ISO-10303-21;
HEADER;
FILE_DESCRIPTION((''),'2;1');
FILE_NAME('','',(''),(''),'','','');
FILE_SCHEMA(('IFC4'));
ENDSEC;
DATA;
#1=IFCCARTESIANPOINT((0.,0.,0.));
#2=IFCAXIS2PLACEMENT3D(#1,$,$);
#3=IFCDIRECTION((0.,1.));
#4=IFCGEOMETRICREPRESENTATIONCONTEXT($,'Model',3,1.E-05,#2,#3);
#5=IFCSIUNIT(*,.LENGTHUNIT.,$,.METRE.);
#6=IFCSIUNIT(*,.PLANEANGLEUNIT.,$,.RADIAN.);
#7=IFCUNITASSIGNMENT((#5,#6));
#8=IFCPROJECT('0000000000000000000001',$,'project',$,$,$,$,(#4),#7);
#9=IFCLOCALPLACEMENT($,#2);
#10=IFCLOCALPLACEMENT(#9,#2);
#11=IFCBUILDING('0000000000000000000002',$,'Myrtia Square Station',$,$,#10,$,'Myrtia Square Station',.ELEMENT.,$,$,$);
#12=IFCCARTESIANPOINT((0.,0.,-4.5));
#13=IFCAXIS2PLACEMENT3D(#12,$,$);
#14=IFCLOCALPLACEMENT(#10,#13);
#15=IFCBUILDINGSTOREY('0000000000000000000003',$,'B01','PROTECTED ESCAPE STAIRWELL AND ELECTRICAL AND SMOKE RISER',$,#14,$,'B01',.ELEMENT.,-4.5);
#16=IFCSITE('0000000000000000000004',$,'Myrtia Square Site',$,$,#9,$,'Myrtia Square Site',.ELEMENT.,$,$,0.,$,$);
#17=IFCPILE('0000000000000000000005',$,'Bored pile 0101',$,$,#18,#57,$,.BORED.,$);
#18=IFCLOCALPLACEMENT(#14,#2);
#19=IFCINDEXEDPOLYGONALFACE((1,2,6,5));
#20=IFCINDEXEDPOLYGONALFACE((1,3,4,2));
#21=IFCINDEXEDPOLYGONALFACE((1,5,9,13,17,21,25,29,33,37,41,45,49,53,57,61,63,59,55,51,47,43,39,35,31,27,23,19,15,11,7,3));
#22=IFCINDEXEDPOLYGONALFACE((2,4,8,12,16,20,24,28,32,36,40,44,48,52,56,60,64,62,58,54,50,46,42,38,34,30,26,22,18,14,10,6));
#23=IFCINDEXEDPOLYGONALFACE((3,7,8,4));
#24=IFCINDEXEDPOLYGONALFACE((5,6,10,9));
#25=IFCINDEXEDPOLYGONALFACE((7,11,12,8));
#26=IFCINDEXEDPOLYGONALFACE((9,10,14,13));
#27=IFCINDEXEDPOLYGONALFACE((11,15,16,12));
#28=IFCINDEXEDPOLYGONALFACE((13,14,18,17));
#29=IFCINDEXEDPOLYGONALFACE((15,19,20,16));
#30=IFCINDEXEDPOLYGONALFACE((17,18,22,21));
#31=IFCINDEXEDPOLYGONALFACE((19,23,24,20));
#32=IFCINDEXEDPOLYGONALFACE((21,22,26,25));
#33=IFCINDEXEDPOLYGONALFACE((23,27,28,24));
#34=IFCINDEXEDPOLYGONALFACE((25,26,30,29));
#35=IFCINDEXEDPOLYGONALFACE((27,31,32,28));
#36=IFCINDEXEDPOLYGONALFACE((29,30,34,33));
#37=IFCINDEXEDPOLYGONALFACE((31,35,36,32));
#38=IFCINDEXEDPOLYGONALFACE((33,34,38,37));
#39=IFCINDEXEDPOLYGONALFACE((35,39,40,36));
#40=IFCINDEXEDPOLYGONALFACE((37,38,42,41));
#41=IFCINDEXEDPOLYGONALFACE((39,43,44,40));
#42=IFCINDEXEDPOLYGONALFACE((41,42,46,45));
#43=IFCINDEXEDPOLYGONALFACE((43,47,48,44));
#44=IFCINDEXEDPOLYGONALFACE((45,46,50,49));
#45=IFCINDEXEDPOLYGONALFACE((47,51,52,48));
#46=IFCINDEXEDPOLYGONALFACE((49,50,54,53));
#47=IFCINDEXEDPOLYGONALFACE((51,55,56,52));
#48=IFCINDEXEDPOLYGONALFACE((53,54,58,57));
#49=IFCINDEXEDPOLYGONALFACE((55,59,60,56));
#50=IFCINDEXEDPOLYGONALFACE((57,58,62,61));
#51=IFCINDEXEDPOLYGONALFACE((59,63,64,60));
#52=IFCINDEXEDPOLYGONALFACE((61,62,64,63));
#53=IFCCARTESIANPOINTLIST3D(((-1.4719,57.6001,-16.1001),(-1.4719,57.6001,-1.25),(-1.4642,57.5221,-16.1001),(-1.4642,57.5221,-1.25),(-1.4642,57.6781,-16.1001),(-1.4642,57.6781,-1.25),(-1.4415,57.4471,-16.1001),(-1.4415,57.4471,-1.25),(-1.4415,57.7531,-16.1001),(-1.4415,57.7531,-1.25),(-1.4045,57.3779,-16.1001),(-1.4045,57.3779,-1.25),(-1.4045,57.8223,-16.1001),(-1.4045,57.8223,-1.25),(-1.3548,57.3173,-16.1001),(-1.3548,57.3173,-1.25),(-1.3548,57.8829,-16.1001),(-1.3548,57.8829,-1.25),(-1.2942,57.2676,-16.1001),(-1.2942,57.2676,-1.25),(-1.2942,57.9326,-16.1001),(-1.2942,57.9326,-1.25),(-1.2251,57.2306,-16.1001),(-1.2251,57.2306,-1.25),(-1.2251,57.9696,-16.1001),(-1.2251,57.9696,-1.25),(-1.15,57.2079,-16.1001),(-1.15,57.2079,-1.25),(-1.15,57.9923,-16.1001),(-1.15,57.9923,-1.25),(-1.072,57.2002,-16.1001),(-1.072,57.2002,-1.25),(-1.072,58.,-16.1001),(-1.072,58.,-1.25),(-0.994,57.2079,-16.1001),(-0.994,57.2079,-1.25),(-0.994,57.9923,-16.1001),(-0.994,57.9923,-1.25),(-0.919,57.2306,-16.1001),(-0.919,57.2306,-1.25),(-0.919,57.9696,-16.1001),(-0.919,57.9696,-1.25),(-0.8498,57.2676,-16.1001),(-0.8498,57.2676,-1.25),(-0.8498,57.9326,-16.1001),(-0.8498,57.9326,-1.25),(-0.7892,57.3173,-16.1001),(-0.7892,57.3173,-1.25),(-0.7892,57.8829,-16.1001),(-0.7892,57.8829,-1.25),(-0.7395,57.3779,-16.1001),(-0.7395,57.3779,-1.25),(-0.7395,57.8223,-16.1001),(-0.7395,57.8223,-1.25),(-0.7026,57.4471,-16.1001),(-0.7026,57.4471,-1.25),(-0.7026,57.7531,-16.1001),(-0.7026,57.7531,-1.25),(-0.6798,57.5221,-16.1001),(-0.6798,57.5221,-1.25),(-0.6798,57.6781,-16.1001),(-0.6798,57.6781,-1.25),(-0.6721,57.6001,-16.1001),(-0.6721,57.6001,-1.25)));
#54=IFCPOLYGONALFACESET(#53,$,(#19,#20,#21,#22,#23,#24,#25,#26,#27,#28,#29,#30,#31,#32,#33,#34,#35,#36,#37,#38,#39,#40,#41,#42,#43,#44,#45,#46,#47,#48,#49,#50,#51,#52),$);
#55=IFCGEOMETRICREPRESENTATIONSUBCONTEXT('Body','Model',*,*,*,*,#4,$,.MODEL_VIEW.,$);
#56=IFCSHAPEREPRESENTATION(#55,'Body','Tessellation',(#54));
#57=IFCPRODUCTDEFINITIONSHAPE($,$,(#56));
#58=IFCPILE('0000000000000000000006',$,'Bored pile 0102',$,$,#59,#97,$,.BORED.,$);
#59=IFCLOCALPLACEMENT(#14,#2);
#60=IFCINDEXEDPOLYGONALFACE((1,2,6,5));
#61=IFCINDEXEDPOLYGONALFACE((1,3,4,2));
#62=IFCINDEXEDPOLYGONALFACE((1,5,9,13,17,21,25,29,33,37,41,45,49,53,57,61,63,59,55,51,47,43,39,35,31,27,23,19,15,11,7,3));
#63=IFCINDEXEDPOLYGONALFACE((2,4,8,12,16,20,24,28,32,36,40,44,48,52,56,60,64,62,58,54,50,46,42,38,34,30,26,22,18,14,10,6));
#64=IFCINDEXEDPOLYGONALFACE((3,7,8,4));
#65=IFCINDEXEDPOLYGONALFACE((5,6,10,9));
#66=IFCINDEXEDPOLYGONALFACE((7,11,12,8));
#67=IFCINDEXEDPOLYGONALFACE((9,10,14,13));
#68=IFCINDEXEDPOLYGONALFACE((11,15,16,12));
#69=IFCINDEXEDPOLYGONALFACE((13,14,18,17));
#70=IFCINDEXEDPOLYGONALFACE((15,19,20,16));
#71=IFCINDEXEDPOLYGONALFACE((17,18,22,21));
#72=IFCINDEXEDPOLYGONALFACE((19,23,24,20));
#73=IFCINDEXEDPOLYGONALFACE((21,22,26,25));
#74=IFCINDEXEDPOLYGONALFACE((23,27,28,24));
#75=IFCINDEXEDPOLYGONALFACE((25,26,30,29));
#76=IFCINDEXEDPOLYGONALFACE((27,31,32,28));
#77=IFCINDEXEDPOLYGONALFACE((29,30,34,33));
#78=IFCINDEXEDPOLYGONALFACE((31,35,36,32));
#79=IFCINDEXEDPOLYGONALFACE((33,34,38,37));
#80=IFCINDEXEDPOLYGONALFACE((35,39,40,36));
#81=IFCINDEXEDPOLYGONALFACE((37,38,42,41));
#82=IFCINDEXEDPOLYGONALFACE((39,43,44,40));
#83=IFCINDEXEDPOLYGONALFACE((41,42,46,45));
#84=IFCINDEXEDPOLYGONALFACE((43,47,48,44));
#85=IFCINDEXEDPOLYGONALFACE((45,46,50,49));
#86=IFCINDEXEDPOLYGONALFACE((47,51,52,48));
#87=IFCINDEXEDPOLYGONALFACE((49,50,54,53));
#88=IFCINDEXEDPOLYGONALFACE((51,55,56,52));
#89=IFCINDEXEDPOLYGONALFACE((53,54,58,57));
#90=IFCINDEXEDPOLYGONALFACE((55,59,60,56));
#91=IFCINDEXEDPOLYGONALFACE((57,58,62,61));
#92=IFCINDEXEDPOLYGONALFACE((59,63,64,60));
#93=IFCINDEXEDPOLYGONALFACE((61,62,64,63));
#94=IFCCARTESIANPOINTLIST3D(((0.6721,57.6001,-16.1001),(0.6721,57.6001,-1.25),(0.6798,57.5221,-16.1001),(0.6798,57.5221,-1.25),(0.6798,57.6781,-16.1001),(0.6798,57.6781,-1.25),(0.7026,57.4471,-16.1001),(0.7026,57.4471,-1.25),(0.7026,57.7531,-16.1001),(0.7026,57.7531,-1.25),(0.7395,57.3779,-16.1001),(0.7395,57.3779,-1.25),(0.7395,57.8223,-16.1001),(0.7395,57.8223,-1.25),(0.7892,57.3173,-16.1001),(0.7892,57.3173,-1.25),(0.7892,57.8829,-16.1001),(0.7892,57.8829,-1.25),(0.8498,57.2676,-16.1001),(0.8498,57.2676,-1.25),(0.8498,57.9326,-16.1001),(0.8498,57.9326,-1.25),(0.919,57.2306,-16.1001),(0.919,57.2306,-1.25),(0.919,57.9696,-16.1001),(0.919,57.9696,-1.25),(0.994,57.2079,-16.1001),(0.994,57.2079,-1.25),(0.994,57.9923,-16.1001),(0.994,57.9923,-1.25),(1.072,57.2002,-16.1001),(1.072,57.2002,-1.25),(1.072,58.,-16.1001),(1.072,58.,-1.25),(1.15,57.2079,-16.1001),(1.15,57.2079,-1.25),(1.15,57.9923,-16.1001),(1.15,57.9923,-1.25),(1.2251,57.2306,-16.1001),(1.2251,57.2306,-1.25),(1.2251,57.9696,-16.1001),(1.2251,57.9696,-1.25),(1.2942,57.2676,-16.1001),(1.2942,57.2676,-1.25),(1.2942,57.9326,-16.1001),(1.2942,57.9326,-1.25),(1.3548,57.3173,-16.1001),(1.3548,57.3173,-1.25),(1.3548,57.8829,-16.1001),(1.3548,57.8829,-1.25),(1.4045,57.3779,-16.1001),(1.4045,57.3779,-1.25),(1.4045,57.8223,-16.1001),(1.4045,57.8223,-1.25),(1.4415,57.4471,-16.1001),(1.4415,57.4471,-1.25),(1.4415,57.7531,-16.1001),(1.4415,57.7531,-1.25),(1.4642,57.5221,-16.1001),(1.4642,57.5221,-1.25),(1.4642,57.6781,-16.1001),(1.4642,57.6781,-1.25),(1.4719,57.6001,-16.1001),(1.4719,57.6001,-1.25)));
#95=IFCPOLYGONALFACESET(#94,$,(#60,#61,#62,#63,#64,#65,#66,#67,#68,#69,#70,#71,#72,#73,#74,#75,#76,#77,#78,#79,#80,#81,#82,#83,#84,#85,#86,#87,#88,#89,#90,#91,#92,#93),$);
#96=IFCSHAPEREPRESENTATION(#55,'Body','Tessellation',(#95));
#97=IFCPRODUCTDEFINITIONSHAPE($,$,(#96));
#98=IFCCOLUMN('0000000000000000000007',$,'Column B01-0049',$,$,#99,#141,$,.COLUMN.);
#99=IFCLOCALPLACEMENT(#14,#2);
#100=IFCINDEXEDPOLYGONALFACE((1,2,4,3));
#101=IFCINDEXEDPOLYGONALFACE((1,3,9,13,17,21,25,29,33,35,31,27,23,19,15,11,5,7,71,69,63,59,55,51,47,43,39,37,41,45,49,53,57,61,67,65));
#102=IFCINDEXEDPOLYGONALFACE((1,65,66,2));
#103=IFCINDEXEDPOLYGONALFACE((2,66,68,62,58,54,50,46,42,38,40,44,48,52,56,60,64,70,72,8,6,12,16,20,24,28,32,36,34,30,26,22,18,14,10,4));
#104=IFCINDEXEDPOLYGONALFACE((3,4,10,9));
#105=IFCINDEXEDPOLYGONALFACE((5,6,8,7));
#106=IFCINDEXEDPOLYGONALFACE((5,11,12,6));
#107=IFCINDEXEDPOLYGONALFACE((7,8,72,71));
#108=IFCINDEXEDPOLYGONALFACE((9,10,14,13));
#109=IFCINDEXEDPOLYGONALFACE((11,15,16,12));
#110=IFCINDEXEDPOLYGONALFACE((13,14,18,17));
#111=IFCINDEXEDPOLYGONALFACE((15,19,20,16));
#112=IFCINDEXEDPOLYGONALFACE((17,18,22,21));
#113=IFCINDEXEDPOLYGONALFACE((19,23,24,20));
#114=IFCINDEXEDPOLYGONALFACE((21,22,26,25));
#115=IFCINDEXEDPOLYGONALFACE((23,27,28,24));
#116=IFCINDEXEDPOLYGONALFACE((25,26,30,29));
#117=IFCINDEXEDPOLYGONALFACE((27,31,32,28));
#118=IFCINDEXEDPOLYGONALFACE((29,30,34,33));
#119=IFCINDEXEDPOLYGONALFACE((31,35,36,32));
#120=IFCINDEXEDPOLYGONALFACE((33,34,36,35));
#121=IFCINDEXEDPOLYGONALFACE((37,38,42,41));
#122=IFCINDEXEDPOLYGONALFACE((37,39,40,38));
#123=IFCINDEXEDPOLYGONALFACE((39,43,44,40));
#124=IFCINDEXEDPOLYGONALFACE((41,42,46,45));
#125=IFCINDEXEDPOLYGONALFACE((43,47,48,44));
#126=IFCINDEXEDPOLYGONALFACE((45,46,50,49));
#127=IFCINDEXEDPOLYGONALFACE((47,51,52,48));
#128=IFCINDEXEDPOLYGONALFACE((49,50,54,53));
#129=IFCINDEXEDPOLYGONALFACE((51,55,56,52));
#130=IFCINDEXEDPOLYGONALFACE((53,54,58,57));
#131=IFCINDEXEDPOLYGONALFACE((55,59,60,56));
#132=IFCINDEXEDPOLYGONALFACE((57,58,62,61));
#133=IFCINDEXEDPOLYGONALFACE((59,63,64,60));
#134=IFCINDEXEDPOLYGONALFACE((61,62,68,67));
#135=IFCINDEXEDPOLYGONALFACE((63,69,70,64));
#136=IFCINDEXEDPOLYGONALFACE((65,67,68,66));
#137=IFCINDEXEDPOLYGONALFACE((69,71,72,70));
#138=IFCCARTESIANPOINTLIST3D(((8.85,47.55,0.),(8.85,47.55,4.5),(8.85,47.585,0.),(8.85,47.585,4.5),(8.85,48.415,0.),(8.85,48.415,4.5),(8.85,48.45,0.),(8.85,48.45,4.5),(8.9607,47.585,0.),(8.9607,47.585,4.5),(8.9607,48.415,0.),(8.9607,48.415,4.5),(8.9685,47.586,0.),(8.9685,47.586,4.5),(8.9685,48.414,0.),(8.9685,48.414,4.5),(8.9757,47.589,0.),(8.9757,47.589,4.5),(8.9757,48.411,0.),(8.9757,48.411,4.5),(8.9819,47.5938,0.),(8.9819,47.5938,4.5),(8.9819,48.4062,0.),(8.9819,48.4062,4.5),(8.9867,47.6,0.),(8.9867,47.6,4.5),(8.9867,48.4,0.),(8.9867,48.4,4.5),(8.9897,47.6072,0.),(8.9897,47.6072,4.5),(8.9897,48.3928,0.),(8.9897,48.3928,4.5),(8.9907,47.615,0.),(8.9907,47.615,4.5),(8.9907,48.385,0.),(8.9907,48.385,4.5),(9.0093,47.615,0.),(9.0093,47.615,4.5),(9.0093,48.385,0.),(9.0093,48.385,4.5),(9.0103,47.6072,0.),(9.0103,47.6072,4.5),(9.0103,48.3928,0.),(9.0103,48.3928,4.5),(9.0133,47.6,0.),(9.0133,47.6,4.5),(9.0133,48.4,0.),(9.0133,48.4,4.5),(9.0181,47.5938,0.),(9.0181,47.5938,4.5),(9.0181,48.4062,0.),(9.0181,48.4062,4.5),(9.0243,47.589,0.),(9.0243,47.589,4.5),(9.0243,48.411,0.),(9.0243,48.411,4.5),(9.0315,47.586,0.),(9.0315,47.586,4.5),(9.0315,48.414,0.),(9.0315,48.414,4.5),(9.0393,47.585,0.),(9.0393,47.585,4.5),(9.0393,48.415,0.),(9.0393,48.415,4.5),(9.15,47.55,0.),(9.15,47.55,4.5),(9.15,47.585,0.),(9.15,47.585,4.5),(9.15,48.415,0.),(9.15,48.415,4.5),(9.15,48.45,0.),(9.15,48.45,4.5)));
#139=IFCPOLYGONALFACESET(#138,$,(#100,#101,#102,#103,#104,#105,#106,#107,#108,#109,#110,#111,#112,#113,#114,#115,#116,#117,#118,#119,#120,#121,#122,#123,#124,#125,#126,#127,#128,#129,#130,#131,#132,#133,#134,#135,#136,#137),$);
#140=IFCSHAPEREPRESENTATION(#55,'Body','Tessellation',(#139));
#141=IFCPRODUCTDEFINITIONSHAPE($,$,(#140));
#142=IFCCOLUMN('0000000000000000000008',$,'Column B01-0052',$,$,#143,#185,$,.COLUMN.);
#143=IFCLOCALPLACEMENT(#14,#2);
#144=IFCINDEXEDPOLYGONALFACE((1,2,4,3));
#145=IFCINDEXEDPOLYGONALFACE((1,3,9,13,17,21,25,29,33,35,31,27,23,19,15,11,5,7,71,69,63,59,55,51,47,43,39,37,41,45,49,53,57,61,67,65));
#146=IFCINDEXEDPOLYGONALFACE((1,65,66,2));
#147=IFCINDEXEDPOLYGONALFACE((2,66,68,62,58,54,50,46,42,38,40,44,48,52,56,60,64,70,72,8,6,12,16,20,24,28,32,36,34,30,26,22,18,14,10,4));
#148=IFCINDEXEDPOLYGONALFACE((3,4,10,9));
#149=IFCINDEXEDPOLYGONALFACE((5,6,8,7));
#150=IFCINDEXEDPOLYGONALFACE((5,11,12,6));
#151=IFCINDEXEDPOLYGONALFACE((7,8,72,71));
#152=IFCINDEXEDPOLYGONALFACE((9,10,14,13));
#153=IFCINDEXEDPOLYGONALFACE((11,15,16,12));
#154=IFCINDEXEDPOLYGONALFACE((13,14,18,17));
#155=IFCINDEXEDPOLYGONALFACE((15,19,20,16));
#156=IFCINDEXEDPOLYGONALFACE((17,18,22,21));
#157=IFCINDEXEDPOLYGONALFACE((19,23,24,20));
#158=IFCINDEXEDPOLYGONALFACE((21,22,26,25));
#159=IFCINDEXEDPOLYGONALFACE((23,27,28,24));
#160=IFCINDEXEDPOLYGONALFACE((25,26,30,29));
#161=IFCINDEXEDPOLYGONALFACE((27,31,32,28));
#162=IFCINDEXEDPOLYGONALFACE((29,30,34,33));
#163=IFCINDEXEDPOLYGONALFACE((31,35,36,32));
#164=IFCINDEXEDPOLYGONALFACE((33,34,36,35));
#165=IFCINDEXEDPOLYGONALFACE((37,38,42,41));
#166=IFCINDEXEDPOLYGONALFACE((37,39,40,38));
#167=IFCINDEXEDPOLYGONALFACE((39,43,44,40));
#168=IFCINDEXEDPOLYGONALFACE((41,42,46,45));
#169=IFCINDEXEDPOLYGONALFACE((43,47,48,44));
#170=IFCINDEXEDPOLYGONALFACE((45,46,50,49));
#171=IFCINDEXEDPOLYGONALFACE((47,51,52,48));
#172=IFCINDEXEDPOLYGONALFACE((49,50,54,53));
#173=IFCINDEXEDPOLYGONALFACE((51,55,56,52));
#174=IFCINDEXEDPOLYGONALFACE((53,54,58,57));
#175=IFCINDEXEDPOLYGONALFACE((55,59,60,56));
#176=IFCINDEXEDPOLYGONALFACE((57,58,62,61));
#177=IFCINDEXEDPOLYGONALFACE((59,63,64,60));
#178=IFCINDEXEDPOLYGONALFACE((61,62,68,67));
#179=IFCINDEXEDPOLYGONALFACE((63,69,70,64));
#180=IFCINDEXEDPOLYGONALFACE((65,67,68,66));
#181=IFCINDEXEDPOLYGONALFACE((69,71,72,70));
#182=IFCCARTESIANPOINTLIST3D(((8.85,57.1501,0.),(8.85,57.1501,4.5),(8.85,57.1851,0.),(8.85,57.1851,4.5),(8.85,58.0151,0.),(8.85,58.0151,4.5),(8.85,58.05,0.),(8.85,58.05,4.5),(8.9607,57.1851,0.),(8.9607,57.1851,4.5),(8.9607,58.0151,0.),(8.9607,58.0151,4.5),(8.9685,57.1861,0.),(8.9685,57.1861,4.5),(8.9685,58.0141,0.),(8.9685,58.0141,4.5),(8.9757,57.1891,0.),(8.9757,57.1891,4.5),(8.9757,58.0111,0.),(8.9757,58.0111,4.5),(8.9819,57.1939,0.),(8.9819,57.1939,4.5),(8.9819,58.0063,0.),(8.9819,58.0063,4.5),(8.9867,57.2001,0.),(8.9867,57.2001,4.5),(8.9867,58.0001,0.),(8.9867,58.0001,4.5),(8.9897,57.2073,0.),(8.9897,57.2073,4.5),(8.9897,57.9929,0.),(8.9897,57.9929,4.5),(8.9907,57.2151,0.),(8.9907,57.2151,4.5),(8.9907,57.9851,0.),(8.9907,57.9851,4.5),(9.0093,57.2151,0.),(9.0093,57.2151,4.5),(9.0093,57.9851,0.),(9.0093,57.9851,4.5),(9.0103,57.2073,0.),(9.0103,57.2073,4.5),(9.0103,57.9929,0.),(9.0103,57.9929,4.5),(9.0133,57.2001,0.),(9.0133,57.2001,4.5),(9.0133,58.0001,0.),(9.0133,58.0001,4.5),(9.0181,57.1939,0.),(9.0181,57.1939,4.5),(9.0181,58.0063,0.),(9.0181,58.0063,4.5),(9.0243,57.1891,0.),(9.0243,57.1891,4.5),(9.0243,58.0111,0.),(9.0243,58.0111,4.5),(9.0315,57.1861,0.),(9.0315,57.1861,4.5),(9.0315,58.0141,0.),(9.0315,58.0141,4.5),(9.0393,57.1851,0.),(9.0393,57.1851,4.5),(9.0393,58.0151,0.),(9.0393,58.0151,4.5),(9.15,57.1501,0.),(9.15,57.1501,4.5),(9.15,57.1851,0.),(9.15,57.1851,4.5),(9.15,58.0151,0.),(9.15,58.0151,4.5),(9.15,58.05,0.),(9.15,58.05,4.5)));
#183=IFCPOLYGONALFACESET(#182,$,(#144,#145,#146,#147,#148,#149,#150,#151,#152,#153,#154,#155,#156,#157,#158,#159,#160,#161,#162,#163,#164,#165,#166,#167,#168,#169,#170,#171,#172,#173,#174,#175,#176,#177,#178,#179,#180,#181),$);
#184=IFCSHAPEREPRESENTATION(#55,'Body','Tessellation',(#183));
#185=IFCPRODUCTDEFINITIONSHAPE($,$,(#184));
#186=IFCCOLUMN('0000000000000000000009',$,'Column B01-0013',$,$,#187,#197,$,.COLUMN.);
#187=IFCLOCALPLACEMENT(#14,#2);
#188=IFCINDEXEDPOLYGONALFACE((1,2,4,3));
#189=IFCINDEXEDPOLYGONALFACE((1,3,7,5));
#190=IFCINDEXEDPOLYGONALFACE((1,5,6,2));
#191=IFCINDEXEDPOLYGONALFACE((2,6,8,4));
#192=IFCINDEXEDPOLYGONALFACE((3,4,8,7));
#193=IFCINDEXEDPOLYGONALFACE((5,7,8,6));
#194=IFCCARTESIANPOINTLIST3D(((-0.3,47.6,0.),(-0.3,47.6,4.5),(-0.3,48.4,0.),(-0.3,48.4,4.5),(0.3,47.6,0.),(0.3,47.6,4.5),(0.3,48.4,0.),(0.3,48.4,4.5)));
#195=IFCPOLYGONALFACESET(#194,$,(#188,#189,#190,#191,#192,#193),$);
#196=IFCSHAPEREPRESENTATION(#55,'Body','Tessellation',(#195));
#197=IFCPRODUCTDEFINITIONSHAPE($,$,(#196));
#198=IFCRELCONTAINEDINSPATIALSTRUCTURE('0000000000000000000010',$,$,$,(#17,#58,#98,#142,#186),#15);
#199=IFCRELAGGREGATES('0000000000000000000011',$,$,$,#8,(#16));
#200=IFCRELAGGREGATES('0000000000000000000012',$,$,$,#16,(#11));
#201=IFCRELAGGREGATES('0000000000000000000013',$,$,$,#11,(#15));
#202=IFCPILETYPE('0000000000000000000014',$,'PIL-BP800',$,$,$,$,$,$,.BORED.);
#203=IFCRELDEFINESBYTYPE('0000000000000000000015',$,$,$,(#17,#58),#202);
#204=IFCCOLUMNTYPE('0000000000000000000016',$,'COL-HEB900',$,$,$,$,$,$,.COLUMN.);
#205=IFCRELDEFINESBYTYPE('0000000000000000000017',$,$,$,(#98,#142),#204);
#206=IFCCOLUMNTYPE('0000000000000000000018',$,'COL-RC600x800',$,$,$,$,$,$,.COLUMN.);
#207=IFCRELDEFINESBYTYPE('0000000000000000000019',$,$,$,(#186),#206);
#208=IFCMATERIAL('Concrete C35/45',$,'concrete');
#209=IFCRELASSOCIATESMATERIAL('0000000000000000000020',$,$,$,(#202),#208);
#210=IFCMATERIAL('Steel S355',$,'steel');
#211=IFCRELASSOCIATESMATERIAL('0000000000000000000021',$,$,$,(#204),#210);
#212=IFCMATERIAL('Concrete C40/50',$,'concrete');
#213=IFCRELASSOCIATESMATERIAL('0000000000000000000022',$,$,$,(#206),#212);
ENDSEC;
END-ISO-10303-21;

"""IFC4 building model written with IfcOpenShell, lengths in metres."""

from ifc_helpers import new_model, si_unit, direction, frame, origin, origin_2d, place, context, subcontext, project, spatial, rectangle, circle, i_section, extrude, material, material_profile, profile_set, type_object, element, save


model = new_model("IFC4")

# Units and contexts
model_context = context("Model", 3, precision=1e-05, world=origin(), true_north=direction((0.0, 1.0)))
body_context = subcontext(model_context, "Body", "Model", "MODEL_VIEW")
ifc_project = project(units=[si_unit("LENGTHUNIT", "METRE"), si_unit("PLANEANGLEUNIT", "RADIAN")], contexts=[model_context])

# Site, building, storey
site_placement = place(None, origin())
site = spatial("IfcSite", under=ifc_project, at=site_placement, Name="Myrtia Square Site", LongName="Myrtia Square Site", CompositionType="ELEMENT", RefElevation=0.0)
building_placement = place(site_placement, origin())
building = spatial("IfcBuilding", under=site, at=building_placement, Name="Myrtia Square Station", LongName="Myrtia Square Station", CompositionType="ELEMENT")
storey_placement = place(building_placement, frame((0.0, 0.0, -4.5)))
storey = spatial("IfcBuildingStorey", under=building, at=storey_placement, Name="B01", Description="PROTECTED ESCAPE STAIRWELL AND ELECTRICAL AND SMOKE RISER", LongName="B01", CompositionType="ELEMENT", Elevation=-4.5)

# Shared definitions
ifc_material_1 = material(Name="Concrete C35/45", Category="concrete")

# Piles
ifc_material_profile_1 = material_profile(ifc_material_1, circle(Radius=0.3999, at=origin_2d()), Name="BP D800")
ifc_profile_set_1 = profile_set([ifc_material_profile_1], Name="Concrete C35/45")
pile_type_1 = type_object("IfcPileType", Name="PIL-BP800", PredefinedType="BORED", material=ifc_profile_set_1)
for number, where, z_axis, x_axis, name in (
    (1, (-1.072, 57.6001, -1.25), (0.0, 0.0, -1.0), (1.0, 0.0, 0.0), "Bored pile 0101"),
    (2, (1.072, 57.6001, -1.25), (0.0, 0.0, -1.0), (1.0, 0.0, 0.0), "Bored pile 0102"),
):
    element("IfcPile", number, at=place(storey_placement, frame(where, z_axis=z_axis, x_axis=x_axis)), inside=storey, type_object=pile_type_1, Name=name, PredefinedType="BORED", context=body_context, shape_type="SweptSolid", body=[
        extrude(circle(Radius=0.3999, at=origin_2d()), origin(), (0.0, 0.0, 1.0), 14.8501),
    ])

# Columns
ifc_material_2 = material(Name="Steel S355", Category="steel")
ifc_material_profile_2 = material_profile(ifc_material_2, i_section(OverallWidth=0.3, OverallDepth=0.8999, WebThickness=0.0186, FlangeThickness=0.0349, FilletRadius=0.03, at=origin_2d()), Name="HEB 900")
ifc_profile_set_2 = profile_set([ifc_material_profile_2], Name="Steel S355")
column_type_1 = type_object("IfcColumnType", Name="COL-HEB900", PredefinedType="COLUMN", material=ifc_profile_set_2)
for number, where, z_axis, x_axis, name in (
    (3, (9.0, 48.0, 0.0), (0.0, 0.0, 1.0), (1.0, 0.0, 0.0), "Column B01-0049"),
    (4, (9.0, 57.6001, 0.0), (0.0, 0.0, 1.0), (1.0, 0.0, 0.0), "Column B01-0052"),
):
    element("IfcColumn", number, at=place(storey_placement, frame(where, z_axis=z_axis, x_axis=x_axis)), inside=storey, type_object=column_type_1, Name=name, PredefinedType="COLUMN", context=body_context, shape_type="SweptSolid", body=[
        extrude(i_section(OverallWidth=0.3, OverallDepth=0.8999, WebThickness=0.0186, FlangeThickness=0.0349, FilletRadius=0.03, at=origin_2d()), origin(), (0.0, 0.0, 1.0), 4.5),
    ])
ifc_material_3 = material(Name="Concrete C40/50", Category="concrete")
ifc_material_profile_3 = material_profile(ifc_material_3, rectangle(XDim=0.6001, YDim=0.8, at=origin_2d()), Name="RC 600x800")
ifc_profile_set_3 = profile_set([ifc_material_profile_3], Name="Concrete C40/50")
column_type_2 = type_object("IfcColumnType", Name="COL-RC600x800", PredefinedType="COLUMN", material=ifc_profile_set_3)
for number, where, z_axis, x_axis, name in (
    (5, (0.0, 48.0, 0.0), (0.0, 0.0, 1.0), (1.0, 0.0, 0.0), "Column B01-0013"),
):
    element("IfcColumn", number, at=place(storey_placement, frame(where, z_axis=z_axis, x_axis=x_axis)), inside=storey, type_object=column_type_2, Name=name, PredefinedType="COLUMN", context=body_context, shape_type="SweptSolid", body=[
        extrude(rectangle(XDim=0.6001, YDim=0.8, at=origin_2d()), origin(), (0.0, 0.0, 1.0), 4.5),
    ])

save(model, "model.ifc")
